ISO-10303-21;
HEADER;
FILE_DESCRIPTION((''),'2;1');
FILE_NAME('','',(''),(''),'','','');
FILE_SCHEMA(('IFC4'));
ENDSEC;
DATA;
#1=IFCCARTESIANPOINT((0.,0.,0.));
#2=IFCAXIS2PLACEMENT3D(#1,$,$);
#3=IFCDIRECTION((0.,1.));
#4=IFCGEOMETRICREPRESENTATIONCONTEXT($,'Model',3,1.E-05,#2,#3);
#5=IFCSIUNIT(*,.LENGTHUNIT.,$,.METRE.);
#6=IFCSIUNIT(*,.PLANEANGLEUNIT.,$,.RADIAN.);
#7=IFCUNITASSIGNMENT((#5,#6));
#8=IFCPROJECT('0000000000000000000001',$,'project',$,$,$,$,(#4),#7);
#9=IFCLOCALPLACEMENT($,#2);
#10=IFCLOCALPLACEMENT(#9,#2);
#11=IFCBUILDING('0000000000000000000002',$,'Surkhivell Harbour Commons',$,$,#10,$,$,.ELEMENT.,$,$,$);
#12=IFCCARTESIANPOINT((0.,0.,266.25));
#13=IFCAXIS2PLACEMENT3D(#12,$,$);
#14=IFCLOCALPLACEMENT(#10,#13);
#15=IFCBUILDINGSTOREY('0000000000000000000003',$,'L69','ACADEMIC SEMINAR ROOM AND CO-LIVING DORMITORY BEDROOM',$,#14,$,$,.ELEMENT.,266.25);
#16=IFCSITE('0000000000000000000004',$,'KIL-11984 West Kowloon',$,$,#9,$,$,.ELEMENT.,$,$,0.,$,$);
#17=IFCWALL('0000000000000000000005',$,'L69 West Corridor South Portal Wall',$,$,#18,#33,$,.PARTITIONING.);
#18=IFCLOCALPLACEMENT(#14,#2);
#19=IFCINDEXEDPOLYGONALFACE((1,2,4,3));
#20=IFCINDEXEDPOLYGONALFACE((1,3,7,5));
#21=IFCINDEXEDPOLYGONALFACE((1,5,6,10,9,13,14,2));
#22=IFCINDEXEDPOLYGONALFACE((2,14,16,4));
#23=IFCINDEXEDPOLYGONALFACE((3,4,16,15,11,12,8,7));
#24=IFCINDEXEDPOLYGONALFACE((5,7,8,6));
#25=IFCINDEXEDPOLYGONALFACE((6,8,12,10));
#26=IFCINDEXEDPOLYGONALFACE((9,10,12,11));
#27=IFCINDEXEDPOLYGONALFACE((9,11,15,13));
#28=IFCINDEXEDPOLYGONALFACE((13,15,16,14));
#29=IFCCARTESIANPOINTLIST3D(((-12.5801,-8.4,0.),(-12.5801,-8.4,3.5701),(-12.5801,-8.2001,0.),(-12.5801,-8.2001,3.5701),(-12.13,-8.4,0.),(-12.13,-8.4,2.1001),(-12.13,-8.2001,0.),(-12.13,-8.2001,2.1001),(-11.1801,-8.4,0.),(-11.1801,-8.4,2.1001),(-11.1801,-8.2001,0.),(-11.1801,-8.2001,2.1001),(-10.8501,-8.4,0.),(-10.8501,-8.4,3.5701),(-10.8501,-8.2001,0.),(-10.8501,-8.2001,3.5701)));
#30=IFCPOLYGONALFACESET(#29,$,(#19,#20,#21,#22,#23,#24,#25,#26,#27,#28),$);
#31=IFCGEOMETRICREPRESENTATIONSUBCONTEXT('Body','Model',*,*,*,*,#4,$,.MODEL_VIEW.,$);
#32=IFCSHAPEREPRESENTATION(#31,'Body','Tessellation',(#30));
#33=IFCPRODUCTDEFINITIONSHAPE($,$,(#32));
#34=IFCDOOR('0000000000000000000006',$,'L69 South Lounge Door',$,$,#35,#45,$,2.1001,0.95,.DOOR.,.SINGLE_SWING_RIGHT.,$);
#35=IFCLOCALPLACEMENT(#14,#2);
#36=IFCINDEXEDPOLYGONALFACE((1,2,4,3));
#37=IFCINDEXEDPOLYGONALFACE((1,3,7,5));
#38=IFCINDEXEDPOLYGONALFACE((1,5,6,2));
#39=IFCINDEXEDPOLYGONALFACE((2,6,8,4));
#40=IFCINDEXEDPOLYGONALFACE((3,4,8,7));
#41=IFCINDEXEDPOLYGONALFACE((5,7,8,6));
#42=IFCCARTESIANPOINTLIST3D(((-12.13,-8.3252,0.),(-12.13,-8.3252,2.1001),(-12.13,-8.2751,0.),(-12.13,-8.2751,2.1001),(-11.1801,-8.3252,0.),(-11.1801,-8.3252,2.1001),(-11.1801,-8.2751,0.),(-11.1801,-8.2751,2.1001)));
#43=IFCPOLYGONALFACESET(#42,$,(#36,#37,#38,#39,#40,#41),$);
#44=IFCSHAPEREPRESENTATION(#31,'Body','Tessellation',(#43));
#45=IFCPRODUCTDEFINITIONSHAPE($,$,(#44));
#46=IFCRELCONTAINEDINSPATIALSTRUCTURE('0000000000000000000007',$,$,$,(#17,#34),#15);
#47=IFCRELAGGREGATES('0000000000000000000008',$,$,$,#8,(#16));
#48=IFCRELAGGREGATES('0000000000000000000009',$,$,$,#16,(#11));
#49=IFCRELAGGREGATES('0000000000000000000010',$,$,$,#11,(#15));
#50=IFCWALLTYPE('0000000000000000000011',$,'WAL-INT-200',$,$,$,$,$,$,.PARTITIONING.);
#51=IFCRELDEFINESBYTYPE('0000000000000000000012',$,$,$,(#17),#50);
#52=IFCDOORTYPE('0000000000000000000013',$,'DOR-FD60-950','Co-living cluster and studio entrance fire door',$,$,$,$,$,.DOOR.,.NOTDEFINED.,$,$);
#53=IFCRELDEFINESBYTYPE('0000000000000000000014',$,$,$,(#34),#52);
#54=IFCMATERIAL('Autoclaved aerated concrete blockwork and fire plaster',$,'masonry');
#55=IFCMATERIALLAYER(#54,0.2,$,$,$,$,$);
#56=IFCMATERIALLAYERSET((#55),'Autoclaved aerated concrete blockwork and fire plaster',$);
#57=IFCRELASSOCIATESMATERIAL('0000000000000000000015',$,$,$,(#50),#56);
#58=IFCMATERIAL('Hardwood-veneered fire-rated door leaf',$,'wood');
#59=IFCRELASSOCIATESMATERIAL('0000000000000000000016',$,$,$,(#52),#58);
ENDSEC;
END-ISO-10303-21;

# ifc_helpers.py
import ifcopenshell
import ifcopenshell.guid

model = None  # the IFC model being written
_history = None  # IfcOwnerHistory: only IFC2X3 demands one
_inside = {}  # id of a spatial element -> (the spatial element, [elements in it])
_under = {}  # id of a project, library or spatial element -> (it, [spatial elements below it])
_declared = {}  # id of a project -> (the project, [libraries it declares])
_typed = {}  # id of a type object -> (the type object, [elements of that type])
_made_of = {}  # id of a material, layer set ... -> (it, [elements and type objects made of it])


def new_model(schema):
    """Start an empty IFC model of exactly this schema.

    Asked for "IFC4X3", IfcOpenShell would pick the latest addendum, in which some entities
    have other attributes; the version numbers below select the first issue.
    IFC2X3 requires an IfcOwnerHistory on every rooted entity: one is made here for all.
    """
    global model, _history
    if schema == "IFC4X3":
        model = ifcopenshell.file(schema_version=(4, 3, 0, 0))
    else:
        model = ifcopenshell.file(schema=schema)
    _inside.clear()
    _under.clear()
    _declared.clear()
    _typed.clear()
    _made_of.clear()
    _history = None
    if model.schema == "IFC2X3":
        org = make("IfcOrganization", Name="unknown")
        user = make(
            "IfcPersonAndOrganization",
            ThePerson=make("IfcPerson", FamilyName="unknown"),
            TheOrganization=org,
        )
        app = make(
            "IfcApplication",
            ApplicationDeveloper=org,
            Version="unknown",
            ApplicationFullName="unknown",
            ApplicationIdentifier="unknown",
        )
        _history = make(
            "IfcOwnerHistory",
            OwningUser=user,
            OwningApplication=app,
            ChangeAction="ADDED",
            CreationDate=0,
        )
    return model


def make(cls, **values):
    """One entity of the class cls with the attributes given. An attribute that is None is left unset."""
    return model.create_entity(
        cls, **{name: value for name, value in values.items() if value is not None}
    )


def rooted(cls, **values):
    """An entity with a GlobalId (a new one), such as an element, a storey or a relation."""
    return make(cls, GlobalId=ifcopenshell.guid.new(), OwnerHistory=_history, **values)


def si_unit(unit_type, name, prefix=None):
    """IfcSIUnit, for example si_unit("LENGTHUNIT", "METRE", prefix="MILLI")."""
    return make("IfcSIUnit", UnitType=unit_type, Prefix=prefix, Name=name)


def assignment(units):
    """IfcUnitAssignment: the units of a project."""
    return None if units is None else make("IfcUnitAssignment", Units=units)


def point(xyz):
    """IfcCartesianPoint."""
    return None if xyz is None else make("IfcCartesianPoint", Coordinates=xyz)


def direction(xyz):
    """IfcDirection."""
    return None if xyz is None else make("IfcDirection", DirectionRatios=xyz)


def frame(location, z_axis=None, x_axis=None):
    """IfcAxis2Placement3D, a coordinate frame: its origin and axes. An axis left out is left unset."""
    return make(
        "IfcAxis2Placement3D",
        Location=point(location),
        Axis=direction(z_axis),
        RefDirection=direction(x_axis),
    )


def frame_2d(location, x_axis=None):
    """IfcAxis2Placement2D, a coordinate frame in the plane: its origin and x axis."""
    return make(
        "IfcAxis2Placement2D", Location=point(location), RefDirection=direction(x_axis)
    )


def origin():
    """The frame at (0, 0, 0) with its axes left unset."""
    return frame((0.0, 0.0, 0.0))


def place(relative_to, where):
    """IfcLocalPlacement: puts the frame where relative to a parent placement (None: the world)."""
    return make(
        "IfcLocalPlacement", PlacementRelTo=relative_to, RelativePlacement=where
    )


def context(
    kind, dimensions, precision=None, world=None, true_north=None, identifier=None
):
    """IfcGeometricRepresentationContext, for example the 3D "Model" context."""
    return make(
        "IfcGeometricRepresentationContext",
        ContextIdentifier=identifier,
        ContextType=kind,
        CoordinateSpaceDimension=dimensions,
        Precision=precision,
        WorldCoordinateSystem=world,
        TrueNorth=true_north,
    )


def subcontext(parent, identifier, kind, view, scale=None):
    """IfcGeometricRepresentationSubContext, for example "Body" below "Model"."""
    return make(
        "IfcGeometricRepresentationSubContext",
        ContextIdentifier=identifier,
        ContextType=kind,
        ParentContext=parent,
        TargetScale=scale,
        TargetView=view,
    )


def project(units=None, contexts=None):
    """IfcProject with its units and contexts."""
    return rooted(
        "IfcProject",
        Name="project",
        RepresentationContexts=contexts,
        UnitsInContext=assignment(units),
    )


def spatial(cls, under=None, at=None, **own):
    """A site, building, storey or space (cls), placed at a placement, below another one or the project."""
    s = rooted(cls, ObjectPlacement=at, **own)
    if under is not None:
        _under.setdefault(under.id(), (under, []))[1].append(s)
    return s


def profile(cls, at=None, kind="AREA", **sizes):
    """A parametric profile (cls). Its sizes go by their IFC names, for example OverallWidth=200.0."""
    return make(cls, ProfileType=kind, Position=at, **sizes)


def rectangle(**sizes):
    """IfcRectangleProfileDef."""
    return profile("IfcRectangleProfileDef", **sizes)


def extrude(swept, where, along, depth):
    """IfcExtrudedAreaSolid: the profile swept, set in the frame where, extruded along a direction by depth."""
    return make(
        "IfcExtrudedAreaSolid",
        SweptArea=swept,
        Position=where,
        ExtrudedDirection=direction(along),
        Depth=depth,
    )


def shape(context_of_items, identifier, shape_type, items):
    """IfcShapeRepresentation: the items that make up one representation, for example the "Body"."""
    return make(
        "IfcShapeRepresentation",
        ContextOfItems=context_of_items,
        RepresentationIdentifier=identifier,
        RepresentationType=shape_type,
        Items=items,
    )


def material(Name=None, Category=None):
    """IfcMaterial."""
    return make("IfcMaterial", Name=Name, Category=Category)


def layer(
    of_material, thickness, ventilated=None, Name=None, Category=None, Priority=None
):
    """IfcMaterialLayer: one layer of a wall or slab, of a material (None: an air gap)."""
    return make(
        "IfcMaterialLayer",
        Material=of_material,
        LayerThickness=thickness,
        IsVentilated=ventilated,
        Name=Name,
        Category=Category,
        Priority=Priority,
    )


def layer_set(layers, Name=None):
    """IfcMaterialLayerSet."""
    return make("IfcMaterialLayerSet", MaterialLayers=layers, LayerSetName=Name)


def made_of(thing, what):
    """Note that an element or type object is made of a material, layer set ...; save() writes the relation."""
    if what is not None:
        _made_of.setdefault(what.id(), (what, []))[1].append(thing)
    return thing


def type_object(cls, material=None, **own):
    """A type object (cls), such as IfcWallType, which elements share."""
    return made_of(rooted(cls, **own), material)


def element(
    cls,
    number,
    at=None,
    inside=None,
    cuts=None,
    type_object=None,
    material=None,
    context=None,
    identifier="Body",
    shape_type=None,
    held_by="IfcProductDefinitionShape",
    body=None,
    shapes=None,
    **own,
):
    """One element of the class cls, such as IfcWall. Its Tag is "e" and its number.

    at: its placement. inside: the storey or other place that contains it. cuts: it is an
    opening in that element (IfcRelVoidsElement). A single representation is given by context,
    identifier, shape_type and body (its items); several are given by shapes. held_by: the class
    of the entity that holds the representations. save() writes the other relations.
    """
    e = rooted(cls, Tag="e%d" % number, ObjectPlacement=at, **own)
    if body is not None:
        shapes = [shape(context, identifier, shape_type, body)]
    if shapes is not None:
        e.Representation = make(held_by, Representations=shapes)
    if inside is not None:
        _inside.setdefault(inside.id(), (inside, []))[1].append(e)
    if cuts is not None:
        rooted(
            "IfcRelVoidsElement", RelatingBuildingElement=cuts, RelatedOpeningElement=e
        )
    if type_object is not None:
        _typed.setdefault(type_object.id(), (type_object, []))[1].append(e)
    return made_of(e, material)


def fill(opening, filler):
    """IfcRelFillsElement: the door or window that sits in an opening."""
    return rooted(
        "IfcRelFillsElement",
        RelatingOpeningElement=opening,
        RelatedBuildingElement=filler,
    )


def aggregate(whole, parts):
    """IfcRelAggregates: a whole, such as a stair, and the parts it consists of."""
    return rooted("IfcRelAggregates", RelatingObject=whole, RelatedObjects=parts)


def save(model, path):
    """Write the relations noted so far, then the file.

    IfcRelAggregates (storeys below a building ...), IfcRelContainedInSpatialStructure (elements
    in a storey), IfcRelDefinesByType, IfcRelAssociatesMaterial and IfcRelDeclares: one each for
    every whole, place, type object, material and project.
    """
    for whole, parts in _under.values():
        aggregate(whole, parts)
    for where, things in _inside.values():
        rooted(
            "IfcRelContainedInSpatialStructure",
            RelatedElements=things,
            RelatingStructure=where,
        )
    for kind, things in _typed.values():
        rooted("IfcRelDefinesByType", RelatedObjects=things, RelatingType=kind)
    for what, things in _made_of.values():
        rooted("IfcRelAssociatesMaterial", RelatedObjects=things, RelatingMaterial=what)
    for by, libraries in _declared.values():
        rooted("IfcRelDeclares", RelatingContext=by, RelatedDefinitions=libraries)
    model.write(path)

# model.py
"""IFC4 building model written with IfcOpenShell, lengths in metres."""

from ifc_helpers import new_model, si_unit, direction, frame, frame_2d, origin, place, context, subcontext, project, spatial, rectangle, extrude, material, layer, layer_set, type_object, element, fill, save


model = new_model("IFC4")

# Units and contexts
model_context = context("Model", 3, precision=1e-05, world=origin(), true_north=direction((0.0, 1.0)))
body_context = subcontext(model_context, "Body", "Model", "MODEL_VIEW")
ifc_project = project(units=[si_unit("LENGTHUNIT", "METRE"), si_unit("PLANEANGLEUNIT", "RADIAN")], contexts=[model_context])

# Site, building, storey
site_placement = place(None, origin())
site = spatial("IfcSite", under=ifc_project, at=site_placement, Name="KIL-11984 West Kowloon", CompositionType="ELEMENT", RefElevation=0.0)
building_placement = place(site_placement, origin())
building = spatial("IfcBuilding", under=site, at=building_placement, Name="Surkhivell Harbour Commons", CompositionType="ELEMENT")
storey_placement = place(building_placement, frame((0.0, 0.0, 266.25)))
storey = spatial("IfcBuildingStorey", under=building, at=storey_placement, Name="L69", Description="ACADEMIC SEMINAR ROOM AND CO-LIVING DORMITORY BEDROOM", CompositionType="ELEMENT", Elevation=266.25)

# Shared definitions
ifc_material_1 = material(Name="Autoclaved aerated concrete blockwork and fire plaster", Category="masonry")
ifc_layer_1 = layer(ifc_material_1, 0.2)
ifc_layer_set_1 = layer_set([ifc_layer_1], Name="Autoclaved aerated concrete blockwork and fire plaster")
wall_type_1 = type_object("IfcWallType", Name="WAL-INT-200", PredefinedType="PARTITIONING", material=ifc_layer_set_1)
ifc_material_2 = material(Name="Hardwood-veneered fire-rated door leaf", Category="wood")
door_type_1 = type_object("IfcDoorType", Name="DOR-FD60-950", Description="Co-living cluster and studio entrance fire door", OperationType="NOTDEFINED", PredefinedType="DOOR", material=ifc_material_2)

# Wall, opening, door
wall_1_placement = place(storey_placement, frame((-12.5801, -8.3, 0.0), z_axis=(0.0, 0.0, 1.0), x_axis=(1.0, 0.0, 0.0)))
wall_1 = element("IfcWall", 1, at=wall_1_placement, inside=storey, type_object=wall_type_1, Name="L69 West Corridor South Portal Wall", PredefinedType="PARTITIONING", context=body_context, shape_type="SweptSolid", body=[
    extrude(rectangle(XDim=1.73, YDim=0.2, at=frame_2d((0.865, 0.0))), origin(), (0.0, 0.0, 1.0), 3.5701),
])
opening_1_placement = place(wall_1_placement, frame((0.45, 0.0, 0.0)))
opening_1 = element("IfcOpeningElement", 2, at=opening_1_placement, cuts=wall_1, PredefinedType="OPENING", context=body_context, shape_type="SweptSolid", body=[
    extrude(rectangle(XDim=0.95, YDim=2.1001, at=frame_2d((0.4751, 1.05))), frame((0.0, 0.1099, 0.0), z_axis=(0.0, -1.0, 0.0), x_axis=(1.0, 0.0, 0.0)), (0.0, 0.0, 1.0), 0.22),
])
door_1_placement = place(opening_1_placement, origin())
door_1 = element("IfcDoor", 3, at=door_1_placement, inside=storey, type_object=door_type_1, Name="L69 South Lounge Door", OperationType="SINGLE_SWING_RIGHT", OverallHeight=2.1001, OverallWidth=0.95, PredefinedType="DOOR", context=body_context, shape_type="SweptSolid", body=[
    extrude(rectangle(XDim=0.95, YDim=2.1001, at=frame_2d((0.4751, 1.05))), frame((0.0, 0.0249, 0.0), z_axis=(0.0, -1.0, 0.0), x_axis=(1.0, 0.0, 0.0)), (0.0, 0.0, 1.0), 0.05),
])
fill(opening_1, door_1)

save(model, "model.ifc")
